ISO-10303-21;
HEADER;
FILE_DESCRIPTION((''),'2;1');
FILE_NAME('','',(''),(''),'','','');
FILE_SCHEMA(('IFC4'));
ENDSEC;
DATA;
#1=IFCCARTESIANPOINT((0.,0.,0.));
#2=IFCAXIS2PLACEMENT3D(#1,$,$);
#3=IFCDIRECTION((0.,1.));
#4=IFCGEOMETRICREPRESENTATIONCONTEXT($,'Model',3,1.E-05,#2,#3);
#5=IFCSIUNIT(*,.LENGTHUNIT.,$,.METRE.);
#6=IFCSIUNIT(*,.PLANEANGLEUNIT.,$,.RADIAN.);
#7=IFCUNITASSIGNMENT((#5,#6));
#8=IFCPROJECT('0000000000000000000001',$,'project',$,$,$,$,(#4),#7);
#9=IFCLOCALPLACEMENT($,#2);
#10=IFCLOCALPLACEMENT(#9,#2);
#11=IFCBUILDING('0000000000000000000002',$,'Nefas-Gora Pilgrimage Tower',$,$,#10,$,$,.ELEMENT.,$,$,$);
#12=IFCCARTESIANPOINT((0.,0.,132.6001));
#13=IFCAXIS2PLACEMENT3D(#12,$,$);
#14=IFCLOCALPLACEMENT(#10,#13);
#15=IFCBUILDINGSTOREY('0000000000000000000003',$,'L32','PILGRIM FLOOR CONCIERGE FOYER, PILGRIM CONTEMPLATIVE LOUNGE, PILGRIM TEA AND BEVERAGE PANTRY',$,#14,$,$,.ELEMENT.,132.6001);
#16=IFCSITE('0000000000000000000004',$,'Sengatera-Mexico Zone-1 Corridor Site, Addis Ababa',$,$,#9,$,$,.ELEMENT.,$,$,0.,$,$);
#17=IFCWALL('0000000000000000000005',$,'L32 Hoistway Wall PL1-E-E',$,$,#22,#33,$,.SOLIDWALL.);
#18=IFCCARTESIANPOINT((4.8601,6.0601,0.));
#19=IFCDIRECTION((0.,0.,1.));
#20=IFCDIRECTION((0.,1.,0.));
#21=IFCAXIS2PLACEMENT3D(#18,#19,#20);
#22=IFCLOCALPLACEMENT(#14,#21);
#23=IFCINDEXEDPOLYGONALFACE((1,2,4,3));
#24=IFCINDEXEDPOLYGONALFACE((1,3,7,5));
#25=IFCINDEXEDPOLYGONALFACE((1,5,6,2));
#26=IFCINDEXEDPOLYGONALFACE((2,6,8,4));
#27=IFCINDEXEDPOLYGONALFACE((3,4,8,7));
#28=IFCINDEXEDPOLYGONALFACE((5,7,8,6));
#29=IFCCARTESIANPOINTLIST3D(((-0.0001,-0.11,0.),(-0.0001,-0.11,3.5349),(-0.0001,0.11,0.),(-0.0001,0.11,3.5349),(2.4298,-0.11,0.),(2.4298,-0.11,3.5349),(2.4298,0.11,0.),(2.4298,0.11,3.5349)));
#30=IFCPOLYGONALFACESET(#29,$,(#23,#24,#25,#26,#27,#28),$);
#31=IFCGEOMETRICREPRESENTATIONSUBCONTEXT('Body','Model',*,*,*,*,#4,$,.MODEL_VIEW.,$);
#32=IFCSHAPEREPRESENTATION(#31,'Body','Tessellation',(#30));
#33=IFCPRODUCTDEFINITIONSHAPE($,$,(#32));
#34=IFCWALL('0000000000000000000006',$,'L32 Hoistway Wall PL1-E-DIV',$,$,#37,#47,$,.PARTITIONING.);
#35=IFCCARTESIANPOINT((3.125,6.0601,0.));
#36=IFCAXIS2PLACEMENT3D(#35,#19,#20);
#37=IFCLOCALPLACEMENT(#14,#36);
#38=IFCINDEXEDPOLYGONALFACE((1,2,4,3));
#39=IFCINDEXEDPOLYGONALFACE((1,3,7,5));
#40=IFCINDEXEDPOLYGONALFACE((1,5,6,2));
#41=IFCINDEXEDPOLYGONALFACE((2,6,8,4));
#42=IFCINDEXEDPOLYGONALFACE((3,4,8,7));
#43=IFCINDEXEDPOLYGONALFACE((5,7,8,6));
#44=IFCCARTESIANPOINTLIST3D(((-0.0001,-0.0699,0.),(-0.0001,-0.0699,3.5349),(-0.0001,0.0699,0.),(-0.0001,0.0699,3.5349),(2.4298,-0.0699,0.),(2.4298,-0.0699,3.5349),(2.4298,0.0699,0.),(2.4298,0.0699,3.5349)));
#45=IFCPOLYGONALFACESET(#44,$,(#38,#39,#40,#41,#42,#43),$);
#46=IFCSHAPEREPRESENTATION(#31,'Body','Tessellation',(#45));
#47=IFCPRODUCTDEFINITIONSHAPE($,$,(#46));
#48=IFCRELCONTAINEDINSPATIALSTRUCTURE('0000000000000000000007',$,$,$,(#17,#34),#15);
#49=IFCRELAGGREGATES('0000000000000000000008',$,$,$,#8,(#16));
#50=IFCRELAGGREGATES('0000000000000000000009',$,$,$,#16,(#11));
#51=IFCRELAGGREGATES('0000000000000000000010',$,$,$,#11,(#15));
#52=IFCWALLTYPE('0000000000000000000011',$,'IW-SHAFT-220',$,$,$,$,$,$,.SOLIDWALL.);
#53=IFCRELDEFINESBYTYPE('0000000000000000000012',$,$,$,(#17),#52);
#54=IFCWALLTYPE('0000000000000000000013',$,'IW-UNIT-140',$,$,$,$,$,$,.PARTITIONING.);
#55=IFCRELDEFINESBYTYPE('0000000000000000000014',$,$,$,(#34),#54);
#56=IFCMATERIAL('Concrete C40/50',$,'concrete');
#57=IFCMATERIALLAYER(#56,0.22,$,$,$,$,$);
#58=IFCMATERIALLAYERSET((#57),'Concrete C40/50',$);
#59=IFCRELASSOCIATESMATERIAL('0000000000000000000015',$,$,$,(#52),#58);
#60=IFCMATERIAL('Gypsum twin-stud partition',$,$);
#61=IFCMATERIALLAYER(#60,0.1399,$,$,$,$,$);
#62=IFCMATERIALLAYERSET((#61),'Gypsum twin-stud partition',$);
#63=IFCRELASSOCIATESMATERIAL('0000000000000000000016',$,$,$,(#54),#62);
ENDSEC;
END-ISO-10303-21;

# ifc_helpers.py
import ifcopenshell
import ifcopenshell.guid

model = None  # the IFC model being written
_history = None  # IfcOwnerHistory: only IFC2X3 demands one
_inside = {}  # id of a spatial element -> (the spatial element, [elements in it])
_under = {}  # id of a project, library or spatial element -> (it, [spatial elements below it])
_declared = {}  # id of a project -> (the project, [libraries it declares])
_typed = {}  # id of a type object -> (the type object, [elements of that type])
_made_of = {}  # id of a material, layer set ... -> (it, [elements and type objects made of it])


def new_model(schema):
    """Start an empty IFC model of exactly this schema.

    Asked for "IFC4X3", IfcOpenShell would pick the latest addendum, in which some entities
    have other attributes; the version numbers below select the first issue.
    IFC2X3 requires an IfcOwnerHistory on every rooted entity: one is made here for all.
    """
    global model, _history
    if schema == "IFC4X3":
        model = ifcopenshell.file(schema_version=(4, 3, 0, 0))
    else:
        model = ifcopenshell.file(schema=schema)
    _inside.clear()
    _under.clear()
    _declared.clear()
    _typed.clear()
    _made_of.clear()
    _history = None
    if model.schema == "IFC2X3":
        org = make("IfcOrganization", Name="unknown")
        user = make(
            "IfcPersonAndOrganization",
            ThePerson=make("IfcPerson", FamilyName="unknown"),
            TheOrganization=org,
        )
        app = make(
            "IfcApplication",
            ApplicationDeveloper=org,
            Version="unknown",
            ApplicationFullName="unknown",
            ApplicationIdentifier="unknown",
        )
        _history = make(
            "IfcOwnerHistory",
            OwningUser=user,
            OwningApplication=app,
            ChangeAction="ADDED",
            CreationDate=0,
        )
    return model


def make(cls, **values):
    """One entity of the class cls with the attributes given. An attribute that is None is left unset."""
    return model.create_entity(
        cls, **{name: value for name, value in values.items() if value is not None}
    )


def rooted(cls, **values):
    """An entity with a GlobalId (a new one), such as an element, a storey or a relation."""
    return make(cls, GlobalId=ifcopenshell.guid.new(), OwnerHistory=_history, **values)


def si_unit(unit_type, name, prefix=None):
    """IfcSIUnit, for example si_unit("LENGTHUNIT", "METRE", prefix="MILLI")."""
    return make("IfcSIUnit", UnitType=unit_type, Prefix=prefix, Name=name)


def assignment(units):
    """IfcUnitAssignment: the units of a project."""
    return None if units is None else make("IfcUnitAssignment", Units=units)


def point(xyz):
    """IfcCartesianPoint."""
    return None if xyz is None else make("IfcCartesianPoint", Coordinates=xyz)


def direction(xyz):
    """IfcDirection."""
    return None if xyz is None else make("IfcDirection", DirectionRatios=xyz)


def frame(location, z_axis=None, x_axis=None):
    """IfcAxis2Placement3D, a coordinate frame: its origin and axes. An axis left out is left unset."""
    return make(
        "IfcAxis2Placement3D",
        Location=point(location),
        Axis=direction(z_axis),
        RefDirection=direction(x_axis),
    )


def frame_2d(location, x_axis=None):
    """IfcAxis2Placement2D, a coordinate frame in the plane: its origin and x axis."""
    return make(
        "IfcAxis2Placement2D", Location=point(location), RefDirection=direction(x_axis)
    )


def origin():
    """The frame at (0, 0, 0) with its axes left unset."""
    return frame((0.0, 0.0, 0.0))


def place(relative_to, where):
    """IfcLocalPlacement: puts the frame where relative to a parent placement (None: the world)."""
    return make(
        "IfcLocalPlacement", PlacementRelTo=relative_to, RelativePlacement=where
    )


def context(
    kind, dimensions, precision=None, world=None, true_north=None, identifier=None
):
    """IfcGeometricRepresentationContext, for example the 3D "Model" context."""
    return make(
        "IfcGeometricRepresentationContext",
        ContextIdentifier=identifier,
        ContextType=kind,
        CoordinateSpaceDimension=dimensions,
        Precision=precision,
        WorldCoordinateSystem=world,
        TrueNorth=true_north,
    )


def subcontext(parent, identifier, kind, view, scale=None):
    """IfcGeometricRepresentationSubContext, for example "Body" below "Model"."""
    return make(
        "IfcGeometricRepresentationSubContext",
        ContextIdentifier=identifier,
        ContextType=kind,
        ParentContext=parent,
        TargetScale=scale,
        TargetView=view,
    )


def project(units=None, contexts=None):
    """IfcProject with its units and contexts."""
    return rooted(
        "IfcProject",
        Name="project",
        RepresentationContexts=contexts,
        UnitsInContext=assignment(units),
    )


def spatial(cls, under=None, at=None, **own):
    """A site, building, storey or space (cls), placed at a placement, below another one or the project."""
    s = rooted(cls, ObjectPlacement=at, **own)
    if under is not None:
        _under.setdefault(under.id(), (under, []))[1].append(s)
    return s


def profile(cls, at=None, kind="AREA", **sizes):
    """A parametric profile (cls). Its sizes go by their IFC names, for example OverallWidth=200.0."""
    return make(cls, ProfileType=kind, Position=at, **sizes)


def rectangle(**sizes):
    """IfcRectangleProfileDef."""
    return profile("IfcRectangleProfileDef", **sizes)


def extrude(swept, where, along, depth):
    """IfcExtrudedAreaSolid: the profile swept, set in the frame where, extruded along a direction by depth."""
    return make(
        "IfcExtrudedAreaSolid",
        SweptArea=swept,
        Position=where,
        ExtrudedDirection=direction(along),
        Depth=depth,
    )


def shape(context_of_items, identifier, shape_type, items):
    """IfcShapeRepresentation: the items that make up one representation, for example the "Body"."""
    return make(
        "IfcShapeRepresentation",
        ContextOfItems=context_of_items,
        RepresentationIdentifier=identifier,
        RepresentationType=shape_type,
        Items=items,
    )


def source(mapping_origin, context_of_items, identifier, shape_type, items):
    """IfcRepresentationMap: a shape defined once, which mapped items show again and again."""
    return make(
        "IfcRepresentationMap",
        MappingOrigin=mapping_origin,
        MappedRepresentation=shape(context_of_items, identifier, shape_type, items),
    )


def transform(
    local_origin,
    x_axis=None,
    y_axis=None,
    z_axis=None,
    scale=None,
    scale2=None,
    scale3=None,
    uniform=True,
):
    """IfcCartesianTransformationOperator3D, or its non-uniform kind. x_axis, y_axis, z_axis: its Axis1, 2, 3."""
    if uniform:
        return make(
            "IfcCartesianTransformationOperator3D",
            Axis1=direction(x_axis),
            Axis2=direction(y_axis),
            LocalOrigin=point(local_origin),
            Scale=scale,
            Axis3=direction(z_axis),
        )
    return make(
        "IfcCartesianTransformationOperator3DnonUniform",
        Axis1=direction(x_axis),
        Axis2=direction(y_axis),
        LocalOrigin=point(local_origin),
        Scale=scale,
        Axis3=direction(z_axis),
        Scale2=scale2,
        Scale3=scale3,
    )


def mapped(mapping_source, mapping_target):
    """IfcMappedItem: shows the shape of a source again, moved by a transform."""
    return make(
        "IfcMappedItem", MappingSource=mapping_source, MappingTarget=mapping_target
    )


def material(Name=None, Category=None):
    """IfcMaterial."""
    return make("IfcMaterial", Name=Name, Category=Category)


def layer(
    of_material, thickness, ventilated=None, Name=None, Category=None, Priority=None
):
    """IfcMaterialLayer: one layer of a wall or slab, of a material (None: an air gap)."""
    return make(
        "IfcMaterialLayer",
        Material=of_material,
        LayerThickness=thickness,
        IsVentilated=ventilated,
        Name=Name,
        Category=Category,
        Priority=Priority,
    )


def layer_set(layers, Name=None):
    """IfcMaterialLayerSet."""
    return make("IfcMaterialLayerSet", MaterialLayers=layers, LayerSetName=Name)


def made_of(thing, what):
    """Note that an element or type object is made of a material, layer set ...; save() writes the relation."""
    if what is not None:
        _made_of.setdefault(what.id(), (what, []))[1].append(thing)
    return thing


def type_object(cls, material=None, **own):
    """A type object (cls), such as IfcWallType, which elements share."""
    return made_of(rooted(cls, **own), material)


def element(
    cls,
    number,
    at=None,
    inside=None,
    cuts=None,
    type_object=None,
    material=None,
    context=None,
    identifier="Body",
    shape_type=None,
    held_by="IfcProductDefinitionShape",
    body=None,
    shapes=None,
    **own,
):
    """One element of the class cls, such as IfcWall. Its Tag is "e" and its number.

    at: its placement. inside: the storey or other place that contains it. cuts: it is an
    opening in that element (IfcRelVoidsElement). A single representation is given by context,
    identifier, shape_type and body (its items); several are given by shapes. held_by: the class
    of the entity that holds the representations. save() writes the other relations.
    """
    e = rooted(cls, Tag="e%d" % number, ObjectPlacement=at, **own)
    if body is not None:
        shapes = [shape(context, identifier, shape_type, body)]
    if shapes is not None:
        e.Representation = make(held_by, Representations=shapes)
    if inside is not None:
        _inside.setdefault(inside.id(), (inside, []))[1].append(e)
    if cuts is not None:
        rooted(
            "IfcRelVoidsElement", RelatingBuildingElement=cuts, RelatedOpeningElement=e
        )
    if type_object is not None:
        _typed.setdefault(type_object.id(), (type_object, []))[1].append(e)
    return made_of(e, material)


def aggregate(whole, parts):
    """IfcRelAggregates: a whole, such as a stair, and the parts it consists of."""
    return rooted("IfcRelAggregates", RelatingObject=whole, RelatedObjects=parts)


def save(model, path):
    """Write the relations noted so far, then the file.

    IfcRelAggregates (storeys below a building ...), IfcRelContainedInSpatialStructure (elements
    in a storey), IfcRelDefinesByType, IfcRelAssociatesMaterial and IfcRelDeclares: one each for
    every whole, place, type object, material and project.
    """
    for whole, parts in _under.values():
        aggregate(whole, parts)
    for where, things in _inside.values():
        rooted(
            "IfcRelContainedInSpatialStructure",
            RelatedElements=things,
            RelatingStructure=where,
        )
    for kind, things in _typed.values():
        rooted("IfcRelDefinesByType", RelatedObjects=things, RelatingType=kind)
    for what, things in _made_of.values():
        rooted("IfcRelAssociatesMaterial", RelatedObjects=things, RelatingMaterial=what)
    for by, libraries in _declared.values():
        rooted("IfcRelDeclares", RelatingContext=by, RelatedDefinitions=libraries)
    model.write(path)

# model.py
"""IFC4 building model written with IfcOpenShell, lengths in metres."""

from ifc_helpers import new_model, si_unit, direction, frame, frame_2d, origin, place, context, subcontext, project, spatial, rectangle, extrude, source, transform, mapped, material, layer, layer_set, type_object, element, save


model = new_model("IFC4")

# Units and contexts
model_context = context("Model", 3, precision=1e-05, world=origin(), true_north=direction((0.0, 1.0)))
body_context = subcontext(model_context, "Body", "Model", "MODEL_VIEW")
ifc_project = project(units=[si_unit("LENGTHUNIT", "METRE"), si_unit("PLANEANGLEUNIT", "RADIAN")], contexts=[model_context])

# Site, building, storey
site_placement = place(None, origin())
site = spatial("IfcSite", under=ifc_project, at=site_placement, Name="Sengatera-Mexico Zone-1 Corridor Site, Addis Ababa", CompositionType="ELEMENT", RefElevation=0.0)
building_placement = place(site_placement, origin())
building = spatial("IfcBuilding", under=site, at=building_placement, Name="Nefas-Gora Pilgrimage Tower", CompositionType="ELEMENT")
storey_placement = place(building_placement, frame((0.0, 0.0, 132.6001)))
storey = spatial("IfcBuildingStorey", under=building, at=storey_placement, Name="L32", Description="PILGRIM FLOOR CONCIERGE FOYER, PILGRIM CONTEMPLATIVE LOUNGE, PILGRIM TEA AND BEVERAGE PANTRY", CompositionType="ELEMENT", Elevation=132.6001)

# Shared definitions
ifc_material_1 = material(Name="Concrete C40/50", Category="concrete")
ifc_layer_1 = layer(ifc_material_1, 0.22)
ifc_layer_set_1 = layer_set([ifc_layer_1], Name="Concrete C40/50")
wall_type_1 = type_object("IfcWallType", Name="IW-SHAFT-220", PredefinedType="SOLIDWALL", material=ifc_layer_set_1)

# Walls
shared_shape_1 = source(origin(), body_context, "Body", "SweptSolid", [
    extrude(rectangle(XDim=2.4299, YDim=0.22, at=frame_2d((1.2148, 0.0))), origin(), (0.0, 0.0, 1.0), 3.5349),
])
for number, where, z_axis, x_axis, name in (
    (1, (4.8601, 6.0601, 0.0), (0.0, 0.0, 1.0), (0.0, 1.0, 0.0), "L32 Hoistway Wall PL1-E-E"),
):
    element("IfcWall", number, at=place(storey_placement, frame(where, z_axis=z_axis, x_axis=x_axis)), inside=storey, type_object=wall_type_1, Name=name, PredefinedType="SOLIDWALL", context=body_context, shape_type="MappedRepresentation", body=[
        mapped(shared_shape_1, transform((0.0, 0.0, 0.0), x_axis=(1.0, 0.0, 0.0), y_axis=(0.0, 1.0, 0.0), z_axis=(0.0, 0.0, 1.0), scale=1.0)),
    ])
ifc_material_2 = material(Name="Gypsum twin-stud partition")
ifc_layer_2 = layer(ifc_material_2, 0.1399)
ifc_layer_set_2 = layer_set([ifc_layer_2], Name="Gypsum twin-stud partition")
wall_type_2 = type_object("IfcWallType", Name="IW-UNIT-140", PredefinedType="PARTITIONING", material=ifc_layer_set_2)
shared_shape_2 = source(origin(), body_context, "Body", "SweptSolid", [
    extrude(rectangle(XDim=2.4299, YDim=0.1399, at=frame_2d((1.2148, 0.0))), origin(), (0.0, 0.0, 1.0), 3.5349),
])
wall_1_placement = place(storey_placement, frame((3.125, 6.0601, 0.0), z_axis=(0.0, 0.0, 1.0), x_axis=(0.0, 1.0, 0.0)))
element("IfcWall", 2, at=wall_1_placement, inside=storey, type_object=wall_type_2, Name="L32 Hoistway Wall PL1-E-DIV", PredefinedType="PARTITIONING", context=body_context, shape_type="MappedRepresentation", body=[
    mapped(shared_shape_2, transform((0.0, 0.0, 0.0), x_axis=(1.0, 0.0, 0.0), y_axis=(0.0, 1.0, 0.0), z_axis=(0.0, 0.0, 1.0), scale=1.0)),
])

save(model, "model.ifc")
